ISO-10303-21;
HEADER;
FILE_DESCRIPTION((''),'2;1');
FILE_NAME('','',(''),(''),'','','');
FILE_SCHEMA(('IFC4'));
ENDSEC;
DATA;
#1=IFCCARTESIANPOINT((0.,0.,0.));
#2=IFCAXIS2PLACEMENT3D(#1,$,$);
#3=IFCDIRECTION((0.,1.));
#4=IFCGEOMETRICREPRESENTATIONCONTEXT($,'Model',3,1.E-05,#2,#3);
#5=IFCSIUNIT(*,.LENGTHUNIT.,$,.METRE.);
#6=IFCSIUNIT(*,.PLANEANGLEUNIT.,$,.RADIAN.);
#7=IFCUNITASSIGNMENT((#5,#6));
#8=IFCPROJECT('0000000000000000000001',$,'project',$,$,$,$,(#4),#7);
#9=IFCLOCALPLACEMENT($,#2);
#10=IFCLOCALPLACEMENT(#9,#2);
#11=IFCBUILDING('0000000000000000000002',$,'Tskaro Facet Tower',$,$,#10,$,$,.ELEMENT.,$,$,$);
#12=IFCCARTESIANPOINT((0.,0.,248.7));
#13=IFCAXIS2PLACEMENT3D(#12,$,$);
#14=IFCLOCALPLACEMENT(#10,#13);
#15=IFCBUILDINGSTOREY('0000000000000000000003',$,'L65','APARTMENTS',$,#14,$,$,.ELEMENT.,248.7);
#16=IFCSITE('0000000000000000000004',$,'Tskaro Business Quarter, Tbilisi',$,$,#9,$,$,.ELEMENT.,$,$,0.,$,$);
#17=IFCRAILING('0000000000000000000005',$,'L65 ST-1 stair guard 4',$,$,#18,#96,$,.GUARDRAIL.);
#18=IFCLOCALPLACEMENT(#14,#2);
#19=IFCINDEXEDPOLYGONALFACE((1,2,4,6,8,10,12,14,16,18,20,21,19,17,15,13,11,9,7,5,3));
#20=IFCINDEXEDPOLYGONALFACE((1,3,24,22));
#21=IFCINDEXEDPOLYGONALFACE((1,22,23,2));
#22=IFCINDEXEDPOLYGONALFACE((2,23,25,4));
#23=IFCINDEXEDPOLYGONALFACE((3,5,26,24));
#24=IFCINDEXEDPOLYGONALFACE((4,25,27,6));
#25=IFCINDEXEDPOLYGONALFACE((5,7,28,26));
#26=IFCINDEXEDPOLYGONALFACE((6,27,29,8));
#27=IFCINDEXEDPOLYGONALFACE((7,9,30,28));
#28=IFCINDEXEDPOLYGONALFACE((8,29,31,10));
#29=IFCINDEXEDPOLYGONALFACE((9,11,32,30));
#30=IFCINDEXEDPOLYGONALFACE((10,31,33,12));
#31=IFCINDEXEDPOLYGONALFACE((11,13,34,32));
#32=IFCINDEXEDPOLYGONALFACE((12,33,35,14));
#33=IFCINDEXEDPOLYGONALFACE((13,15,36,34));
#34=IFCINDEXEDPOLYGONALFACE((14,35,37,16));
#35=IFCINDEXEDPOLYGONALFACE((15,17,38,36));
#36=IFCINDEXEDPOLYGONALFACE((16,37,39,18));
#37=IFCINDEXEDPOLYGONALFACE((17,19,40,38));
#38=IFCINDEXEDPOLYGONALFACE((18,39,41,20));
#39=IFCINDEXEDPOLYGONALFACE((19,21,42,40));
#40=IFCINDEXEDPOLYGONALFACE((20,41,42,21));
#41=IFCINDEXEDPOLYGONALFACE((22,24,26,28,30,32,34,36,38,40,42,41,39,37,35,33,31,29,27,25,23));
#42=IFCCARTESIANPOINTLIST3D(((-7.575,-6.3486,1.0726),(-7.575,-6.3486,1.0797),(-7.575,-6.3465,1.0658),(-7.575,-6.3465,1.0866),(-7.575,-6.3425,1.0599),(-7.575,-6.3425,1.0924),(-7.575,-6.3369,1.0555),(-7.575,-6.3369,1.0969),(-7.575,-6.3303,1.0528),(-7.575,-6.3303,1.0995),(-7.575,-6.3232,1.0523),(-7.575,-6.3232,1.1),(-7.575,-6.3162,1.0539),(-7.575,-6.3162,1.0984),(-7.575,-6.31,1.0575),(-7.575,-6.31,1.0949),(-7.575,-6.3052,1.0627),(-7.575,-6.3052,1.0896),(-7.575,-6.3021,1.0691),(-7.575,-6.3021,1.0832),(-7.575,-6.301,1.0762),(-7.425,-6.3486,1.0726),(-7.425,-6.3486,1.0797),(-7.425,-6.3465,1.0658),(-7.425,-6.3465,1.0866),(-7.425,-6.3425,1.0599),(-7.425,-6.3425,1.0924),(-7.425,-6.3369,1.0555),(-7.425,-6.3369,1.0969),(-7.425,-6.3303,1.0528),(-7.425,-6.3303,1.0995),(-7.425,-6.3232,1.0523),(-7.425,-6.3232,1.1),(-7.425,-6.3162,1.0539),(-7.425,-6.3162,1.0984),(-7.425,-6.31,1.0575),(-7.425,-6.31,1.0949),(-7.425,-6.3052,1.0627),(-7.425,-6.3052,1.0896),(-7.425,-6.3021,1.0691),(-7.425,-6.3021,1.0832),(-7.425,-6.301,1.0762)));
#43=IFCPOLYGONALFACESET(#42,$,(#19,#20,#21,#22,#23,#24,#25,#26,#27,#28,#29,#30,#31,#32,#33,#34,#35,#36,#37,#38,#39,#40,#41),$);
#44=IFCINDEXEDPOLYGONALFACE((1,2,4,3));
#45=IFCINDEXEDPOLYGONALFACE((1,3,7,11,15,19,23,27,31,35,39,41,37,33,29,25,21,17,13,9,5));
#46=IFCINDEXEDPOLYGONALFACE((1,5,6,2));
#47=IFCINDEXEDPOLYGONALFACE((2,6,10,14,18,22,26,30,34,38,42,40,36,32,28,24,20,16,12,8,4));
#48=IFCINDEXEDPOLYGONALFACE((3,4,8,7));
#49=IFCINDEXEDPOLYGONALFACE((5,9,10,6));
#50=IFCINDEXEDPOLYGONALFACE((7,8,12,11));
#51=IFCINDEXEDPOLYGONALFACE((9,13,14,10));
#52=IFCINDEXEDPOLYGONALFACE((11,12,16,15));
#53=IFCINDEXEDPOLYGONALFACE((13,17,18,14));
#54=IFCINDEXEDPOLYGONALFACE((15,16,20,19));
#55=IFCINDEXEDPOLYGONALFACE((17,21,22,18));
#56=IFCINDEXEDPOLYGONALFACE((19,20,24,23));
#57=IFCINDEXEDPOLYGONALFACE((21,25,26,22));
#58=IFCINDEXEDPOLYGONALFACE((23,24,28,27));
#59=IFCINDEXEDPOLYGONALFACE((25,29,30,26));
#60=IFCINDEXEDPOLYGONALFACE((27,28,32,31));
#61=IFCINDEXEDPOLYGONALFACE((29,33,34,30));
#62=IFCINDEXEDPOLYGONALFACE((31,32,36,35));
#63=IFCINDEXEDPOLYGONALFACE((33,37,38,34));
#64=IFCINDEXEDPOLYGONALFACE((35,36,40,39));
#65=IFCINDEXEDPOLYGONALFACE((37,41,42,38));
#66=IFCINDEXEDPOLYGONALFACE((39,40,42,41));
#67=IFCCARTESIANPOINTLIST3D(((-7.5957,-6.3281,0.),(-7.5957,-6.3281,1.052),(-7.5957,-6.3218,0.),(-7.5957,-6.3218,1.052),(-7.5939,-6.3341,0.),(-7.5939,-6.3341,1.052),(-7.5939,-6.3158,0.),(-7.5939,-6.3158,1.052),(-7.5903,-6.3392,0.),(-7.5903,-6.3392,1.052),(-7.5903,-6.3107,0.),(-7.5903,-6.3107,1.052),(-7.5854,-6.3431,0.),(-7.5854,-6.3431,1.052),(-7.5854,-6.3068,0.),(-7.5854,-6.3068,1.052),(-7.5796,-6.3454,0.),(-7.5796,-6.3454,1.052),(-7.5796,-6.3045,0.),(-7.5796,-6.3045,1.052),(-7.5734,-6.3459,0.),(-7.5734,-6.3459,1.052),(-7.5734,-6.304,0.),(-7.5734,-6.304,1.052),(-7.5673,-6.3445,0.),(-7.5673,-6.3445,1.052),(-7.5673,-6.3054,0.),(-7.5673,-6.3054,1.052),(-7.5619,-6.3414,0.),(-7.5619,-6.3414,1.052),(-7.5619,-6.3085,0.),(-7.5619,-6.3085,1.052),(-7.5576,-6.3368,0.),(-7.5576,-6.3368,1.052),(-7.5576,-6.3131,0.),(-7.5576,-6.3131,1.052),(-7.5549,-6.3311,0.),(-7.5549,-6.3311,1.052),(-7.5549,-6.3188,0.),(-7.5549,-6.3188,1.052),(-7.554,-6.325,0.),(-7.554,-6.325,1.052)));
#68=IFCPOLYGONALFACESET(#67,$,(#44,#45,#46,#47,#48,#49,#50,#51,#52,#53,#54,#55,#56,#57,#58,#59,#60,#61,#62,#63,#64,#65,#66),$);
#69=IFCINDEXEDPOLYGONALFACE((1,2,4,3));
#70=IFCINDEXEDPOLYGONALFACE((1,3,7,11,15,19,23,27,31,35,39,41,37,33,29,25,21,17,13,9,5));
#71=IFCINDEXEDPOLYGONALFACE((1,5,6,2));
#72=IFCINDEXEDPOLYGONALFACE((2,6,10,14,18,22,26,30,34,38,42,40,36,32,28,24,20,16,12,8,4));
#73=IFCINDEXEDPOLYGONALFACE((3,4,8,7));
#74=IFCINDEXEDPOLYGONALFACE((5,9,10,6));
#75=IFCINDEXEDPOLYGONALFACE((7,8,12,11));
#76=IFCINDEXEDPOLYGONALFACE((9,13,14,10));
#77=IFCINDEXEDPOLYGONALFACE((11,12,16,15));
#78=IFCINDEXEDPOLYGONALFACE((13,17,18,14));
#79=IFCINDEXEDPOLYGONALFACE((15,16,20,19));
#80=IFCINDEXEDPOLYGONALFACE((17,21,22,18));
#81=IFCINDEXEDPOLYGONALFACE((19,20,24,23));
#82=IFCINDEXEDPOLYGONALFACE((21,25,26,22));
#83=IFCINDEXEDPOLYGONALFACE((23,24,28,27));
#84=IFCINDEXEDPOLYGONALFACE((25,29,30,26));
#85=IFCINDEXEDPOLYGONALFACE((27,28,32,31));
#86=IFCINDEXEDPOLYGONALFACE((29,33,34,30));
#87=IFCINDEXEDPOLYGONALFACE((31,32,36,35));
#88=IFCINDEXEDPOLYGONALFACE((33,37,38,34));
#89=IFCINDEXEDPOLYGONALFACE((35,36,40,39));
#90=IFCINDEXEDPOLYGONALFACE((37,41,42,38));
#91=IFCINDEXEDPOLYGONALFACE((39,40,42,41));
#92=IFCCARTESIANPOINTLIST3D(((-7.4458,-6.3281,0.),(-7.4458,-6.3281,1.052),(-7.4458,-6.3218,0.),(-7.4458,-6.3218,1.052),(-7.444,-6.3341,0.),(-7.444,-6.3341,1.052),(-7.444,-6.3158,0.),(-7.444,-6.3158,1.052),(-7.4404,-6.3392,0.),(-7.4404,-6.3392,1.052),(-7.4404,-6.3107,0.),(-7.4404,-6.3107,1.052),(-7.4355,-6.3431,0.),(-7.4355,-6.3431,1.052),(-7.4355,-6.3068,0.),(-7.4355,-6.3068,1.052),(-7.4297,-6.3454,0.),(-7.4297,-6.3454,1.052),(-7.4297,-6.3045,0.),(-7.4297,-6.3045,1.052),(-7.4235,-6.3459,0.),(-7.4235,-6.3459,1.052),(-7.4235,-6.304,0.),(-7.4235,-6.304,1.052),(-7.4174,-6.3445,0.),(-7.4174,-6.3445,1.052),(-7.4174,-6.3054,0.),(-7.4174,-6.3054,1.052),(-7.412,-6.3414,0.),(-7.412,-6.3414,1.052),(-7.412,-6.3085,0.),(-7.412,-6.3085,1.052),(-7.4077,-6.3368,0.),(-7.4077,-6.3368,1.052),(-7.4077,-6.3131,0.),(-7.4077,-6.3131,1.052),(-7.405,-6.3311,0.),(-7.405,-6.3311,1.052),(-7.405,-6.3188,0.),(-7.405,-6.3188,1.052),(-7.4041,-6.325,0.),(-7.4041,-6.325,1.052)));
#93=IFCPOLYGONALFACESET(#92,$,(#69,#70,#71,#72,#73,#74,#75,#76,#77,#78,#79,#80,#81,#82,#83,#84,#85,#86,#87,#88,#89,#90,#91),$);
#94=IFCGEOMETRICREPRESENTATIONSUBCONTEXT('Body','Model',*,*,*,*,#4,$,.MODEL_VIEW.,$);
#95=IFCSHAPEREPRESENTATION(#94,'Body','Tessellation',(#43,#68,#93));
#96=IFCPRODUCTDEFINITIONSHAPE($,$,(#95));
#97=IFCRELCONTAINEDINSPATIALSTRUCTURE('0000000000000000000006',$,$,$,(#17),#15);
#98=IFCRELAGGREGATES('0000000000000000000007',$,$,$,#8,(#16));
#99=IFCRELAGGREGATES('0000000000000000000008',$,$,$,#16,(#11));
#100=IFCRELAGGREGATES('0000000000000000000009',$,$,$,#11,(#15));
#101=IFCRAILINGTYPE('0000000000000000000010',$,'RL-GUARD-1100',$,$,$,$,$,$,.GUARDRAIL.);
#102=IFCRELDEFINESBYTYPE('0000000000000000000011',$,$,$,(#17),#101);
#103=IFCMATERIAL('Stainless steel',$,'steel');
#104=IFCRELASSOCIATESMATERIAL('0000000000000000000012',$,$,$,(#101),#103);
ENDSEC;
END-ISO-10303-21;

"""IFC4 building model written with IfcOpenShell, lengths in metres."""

from ifc_helpers import new_model, si_unit, direction, frame, origin, origin_2d, place, context, subcontext, project, spatial, circle, extrude, material, type_object, element, save


model = new_model("IFC4")

# Units and contexts
model_context = context("Model", 3, precision=1e-05, world=origin(), true_north=direction((0.0, 1.0)))
body_context = subcontext(model_context, "Body", "Model", "MODEL_VIEW")
ifc_project = project(units=[si_unit("LENGTHUNIT", "METRE"), si_unit("PLANEANGLEUNIT", "RADIAN")], contexts=[model_context])

# Site, building, storey
site_placement = place(None, origin())
site = spatial("IfcSite", under=ifc_project, at=site_placement, Name="Tskaro Business Quarter, Tbilisi", CompositionType="ELEMENT", RefElevation=0.0)
building_placement = place(site_placement, origin())
building = spatial("IfcBuilding", under=site, at=building_placement, Name="Tskaro Facet Tower", CompositionType="ELEMENT")
storey_placement = place(building_placement, frame((0.0, 0.0, 248.7)))
storey = spatial("IfcBuildingStorey", under=building, at=storey_placement, Name="L65", Description="APARTMENTS", CompositionType="ELEMENT", Elevation=248.7)

# Shared definitions
ifc_material_1 = material(Name="Stainless steel", Category="steel")

# Railing
railing_type_1 = type_object("IfcRailingType", Name="RL-GUARD-1100", PredefinedType="GUARDRAIL", material=ifc_material_1)
railing_1_placement = place(storey_placement, frame((-7.575, -6.325, 0.0)))
element("IfcRailing", 1, at=railing_1_placement, inside=storey, type_object=railing_type_1, Name="L65 ST-1 stair guard 4", PredefinedType="GUARDRAIL", context=body_context, shape_type="SweptSolid", body=[
    extrude(circle(Radius=0.0239, at=origin_2d()), frame((0.0, 0.0, 1.0762), z_axis=(1.0, 0.0, 0.0), x_axis=(0.0, 1.0, 0.0)), (0.0, 0.0, 1.0), 0.1499),
    extrude(circle(Radius=0.021, at=origin_2d()), origin(), (0.0, 0.0, 1.0), 1.052),
    extrude(circle(Radius=0.021, at=origin_2d()), frame((0.1499, 0.0, 0.0)), (0.0, 0.0, 1.0), 1.052),
])

save(model, "model.ifc")
